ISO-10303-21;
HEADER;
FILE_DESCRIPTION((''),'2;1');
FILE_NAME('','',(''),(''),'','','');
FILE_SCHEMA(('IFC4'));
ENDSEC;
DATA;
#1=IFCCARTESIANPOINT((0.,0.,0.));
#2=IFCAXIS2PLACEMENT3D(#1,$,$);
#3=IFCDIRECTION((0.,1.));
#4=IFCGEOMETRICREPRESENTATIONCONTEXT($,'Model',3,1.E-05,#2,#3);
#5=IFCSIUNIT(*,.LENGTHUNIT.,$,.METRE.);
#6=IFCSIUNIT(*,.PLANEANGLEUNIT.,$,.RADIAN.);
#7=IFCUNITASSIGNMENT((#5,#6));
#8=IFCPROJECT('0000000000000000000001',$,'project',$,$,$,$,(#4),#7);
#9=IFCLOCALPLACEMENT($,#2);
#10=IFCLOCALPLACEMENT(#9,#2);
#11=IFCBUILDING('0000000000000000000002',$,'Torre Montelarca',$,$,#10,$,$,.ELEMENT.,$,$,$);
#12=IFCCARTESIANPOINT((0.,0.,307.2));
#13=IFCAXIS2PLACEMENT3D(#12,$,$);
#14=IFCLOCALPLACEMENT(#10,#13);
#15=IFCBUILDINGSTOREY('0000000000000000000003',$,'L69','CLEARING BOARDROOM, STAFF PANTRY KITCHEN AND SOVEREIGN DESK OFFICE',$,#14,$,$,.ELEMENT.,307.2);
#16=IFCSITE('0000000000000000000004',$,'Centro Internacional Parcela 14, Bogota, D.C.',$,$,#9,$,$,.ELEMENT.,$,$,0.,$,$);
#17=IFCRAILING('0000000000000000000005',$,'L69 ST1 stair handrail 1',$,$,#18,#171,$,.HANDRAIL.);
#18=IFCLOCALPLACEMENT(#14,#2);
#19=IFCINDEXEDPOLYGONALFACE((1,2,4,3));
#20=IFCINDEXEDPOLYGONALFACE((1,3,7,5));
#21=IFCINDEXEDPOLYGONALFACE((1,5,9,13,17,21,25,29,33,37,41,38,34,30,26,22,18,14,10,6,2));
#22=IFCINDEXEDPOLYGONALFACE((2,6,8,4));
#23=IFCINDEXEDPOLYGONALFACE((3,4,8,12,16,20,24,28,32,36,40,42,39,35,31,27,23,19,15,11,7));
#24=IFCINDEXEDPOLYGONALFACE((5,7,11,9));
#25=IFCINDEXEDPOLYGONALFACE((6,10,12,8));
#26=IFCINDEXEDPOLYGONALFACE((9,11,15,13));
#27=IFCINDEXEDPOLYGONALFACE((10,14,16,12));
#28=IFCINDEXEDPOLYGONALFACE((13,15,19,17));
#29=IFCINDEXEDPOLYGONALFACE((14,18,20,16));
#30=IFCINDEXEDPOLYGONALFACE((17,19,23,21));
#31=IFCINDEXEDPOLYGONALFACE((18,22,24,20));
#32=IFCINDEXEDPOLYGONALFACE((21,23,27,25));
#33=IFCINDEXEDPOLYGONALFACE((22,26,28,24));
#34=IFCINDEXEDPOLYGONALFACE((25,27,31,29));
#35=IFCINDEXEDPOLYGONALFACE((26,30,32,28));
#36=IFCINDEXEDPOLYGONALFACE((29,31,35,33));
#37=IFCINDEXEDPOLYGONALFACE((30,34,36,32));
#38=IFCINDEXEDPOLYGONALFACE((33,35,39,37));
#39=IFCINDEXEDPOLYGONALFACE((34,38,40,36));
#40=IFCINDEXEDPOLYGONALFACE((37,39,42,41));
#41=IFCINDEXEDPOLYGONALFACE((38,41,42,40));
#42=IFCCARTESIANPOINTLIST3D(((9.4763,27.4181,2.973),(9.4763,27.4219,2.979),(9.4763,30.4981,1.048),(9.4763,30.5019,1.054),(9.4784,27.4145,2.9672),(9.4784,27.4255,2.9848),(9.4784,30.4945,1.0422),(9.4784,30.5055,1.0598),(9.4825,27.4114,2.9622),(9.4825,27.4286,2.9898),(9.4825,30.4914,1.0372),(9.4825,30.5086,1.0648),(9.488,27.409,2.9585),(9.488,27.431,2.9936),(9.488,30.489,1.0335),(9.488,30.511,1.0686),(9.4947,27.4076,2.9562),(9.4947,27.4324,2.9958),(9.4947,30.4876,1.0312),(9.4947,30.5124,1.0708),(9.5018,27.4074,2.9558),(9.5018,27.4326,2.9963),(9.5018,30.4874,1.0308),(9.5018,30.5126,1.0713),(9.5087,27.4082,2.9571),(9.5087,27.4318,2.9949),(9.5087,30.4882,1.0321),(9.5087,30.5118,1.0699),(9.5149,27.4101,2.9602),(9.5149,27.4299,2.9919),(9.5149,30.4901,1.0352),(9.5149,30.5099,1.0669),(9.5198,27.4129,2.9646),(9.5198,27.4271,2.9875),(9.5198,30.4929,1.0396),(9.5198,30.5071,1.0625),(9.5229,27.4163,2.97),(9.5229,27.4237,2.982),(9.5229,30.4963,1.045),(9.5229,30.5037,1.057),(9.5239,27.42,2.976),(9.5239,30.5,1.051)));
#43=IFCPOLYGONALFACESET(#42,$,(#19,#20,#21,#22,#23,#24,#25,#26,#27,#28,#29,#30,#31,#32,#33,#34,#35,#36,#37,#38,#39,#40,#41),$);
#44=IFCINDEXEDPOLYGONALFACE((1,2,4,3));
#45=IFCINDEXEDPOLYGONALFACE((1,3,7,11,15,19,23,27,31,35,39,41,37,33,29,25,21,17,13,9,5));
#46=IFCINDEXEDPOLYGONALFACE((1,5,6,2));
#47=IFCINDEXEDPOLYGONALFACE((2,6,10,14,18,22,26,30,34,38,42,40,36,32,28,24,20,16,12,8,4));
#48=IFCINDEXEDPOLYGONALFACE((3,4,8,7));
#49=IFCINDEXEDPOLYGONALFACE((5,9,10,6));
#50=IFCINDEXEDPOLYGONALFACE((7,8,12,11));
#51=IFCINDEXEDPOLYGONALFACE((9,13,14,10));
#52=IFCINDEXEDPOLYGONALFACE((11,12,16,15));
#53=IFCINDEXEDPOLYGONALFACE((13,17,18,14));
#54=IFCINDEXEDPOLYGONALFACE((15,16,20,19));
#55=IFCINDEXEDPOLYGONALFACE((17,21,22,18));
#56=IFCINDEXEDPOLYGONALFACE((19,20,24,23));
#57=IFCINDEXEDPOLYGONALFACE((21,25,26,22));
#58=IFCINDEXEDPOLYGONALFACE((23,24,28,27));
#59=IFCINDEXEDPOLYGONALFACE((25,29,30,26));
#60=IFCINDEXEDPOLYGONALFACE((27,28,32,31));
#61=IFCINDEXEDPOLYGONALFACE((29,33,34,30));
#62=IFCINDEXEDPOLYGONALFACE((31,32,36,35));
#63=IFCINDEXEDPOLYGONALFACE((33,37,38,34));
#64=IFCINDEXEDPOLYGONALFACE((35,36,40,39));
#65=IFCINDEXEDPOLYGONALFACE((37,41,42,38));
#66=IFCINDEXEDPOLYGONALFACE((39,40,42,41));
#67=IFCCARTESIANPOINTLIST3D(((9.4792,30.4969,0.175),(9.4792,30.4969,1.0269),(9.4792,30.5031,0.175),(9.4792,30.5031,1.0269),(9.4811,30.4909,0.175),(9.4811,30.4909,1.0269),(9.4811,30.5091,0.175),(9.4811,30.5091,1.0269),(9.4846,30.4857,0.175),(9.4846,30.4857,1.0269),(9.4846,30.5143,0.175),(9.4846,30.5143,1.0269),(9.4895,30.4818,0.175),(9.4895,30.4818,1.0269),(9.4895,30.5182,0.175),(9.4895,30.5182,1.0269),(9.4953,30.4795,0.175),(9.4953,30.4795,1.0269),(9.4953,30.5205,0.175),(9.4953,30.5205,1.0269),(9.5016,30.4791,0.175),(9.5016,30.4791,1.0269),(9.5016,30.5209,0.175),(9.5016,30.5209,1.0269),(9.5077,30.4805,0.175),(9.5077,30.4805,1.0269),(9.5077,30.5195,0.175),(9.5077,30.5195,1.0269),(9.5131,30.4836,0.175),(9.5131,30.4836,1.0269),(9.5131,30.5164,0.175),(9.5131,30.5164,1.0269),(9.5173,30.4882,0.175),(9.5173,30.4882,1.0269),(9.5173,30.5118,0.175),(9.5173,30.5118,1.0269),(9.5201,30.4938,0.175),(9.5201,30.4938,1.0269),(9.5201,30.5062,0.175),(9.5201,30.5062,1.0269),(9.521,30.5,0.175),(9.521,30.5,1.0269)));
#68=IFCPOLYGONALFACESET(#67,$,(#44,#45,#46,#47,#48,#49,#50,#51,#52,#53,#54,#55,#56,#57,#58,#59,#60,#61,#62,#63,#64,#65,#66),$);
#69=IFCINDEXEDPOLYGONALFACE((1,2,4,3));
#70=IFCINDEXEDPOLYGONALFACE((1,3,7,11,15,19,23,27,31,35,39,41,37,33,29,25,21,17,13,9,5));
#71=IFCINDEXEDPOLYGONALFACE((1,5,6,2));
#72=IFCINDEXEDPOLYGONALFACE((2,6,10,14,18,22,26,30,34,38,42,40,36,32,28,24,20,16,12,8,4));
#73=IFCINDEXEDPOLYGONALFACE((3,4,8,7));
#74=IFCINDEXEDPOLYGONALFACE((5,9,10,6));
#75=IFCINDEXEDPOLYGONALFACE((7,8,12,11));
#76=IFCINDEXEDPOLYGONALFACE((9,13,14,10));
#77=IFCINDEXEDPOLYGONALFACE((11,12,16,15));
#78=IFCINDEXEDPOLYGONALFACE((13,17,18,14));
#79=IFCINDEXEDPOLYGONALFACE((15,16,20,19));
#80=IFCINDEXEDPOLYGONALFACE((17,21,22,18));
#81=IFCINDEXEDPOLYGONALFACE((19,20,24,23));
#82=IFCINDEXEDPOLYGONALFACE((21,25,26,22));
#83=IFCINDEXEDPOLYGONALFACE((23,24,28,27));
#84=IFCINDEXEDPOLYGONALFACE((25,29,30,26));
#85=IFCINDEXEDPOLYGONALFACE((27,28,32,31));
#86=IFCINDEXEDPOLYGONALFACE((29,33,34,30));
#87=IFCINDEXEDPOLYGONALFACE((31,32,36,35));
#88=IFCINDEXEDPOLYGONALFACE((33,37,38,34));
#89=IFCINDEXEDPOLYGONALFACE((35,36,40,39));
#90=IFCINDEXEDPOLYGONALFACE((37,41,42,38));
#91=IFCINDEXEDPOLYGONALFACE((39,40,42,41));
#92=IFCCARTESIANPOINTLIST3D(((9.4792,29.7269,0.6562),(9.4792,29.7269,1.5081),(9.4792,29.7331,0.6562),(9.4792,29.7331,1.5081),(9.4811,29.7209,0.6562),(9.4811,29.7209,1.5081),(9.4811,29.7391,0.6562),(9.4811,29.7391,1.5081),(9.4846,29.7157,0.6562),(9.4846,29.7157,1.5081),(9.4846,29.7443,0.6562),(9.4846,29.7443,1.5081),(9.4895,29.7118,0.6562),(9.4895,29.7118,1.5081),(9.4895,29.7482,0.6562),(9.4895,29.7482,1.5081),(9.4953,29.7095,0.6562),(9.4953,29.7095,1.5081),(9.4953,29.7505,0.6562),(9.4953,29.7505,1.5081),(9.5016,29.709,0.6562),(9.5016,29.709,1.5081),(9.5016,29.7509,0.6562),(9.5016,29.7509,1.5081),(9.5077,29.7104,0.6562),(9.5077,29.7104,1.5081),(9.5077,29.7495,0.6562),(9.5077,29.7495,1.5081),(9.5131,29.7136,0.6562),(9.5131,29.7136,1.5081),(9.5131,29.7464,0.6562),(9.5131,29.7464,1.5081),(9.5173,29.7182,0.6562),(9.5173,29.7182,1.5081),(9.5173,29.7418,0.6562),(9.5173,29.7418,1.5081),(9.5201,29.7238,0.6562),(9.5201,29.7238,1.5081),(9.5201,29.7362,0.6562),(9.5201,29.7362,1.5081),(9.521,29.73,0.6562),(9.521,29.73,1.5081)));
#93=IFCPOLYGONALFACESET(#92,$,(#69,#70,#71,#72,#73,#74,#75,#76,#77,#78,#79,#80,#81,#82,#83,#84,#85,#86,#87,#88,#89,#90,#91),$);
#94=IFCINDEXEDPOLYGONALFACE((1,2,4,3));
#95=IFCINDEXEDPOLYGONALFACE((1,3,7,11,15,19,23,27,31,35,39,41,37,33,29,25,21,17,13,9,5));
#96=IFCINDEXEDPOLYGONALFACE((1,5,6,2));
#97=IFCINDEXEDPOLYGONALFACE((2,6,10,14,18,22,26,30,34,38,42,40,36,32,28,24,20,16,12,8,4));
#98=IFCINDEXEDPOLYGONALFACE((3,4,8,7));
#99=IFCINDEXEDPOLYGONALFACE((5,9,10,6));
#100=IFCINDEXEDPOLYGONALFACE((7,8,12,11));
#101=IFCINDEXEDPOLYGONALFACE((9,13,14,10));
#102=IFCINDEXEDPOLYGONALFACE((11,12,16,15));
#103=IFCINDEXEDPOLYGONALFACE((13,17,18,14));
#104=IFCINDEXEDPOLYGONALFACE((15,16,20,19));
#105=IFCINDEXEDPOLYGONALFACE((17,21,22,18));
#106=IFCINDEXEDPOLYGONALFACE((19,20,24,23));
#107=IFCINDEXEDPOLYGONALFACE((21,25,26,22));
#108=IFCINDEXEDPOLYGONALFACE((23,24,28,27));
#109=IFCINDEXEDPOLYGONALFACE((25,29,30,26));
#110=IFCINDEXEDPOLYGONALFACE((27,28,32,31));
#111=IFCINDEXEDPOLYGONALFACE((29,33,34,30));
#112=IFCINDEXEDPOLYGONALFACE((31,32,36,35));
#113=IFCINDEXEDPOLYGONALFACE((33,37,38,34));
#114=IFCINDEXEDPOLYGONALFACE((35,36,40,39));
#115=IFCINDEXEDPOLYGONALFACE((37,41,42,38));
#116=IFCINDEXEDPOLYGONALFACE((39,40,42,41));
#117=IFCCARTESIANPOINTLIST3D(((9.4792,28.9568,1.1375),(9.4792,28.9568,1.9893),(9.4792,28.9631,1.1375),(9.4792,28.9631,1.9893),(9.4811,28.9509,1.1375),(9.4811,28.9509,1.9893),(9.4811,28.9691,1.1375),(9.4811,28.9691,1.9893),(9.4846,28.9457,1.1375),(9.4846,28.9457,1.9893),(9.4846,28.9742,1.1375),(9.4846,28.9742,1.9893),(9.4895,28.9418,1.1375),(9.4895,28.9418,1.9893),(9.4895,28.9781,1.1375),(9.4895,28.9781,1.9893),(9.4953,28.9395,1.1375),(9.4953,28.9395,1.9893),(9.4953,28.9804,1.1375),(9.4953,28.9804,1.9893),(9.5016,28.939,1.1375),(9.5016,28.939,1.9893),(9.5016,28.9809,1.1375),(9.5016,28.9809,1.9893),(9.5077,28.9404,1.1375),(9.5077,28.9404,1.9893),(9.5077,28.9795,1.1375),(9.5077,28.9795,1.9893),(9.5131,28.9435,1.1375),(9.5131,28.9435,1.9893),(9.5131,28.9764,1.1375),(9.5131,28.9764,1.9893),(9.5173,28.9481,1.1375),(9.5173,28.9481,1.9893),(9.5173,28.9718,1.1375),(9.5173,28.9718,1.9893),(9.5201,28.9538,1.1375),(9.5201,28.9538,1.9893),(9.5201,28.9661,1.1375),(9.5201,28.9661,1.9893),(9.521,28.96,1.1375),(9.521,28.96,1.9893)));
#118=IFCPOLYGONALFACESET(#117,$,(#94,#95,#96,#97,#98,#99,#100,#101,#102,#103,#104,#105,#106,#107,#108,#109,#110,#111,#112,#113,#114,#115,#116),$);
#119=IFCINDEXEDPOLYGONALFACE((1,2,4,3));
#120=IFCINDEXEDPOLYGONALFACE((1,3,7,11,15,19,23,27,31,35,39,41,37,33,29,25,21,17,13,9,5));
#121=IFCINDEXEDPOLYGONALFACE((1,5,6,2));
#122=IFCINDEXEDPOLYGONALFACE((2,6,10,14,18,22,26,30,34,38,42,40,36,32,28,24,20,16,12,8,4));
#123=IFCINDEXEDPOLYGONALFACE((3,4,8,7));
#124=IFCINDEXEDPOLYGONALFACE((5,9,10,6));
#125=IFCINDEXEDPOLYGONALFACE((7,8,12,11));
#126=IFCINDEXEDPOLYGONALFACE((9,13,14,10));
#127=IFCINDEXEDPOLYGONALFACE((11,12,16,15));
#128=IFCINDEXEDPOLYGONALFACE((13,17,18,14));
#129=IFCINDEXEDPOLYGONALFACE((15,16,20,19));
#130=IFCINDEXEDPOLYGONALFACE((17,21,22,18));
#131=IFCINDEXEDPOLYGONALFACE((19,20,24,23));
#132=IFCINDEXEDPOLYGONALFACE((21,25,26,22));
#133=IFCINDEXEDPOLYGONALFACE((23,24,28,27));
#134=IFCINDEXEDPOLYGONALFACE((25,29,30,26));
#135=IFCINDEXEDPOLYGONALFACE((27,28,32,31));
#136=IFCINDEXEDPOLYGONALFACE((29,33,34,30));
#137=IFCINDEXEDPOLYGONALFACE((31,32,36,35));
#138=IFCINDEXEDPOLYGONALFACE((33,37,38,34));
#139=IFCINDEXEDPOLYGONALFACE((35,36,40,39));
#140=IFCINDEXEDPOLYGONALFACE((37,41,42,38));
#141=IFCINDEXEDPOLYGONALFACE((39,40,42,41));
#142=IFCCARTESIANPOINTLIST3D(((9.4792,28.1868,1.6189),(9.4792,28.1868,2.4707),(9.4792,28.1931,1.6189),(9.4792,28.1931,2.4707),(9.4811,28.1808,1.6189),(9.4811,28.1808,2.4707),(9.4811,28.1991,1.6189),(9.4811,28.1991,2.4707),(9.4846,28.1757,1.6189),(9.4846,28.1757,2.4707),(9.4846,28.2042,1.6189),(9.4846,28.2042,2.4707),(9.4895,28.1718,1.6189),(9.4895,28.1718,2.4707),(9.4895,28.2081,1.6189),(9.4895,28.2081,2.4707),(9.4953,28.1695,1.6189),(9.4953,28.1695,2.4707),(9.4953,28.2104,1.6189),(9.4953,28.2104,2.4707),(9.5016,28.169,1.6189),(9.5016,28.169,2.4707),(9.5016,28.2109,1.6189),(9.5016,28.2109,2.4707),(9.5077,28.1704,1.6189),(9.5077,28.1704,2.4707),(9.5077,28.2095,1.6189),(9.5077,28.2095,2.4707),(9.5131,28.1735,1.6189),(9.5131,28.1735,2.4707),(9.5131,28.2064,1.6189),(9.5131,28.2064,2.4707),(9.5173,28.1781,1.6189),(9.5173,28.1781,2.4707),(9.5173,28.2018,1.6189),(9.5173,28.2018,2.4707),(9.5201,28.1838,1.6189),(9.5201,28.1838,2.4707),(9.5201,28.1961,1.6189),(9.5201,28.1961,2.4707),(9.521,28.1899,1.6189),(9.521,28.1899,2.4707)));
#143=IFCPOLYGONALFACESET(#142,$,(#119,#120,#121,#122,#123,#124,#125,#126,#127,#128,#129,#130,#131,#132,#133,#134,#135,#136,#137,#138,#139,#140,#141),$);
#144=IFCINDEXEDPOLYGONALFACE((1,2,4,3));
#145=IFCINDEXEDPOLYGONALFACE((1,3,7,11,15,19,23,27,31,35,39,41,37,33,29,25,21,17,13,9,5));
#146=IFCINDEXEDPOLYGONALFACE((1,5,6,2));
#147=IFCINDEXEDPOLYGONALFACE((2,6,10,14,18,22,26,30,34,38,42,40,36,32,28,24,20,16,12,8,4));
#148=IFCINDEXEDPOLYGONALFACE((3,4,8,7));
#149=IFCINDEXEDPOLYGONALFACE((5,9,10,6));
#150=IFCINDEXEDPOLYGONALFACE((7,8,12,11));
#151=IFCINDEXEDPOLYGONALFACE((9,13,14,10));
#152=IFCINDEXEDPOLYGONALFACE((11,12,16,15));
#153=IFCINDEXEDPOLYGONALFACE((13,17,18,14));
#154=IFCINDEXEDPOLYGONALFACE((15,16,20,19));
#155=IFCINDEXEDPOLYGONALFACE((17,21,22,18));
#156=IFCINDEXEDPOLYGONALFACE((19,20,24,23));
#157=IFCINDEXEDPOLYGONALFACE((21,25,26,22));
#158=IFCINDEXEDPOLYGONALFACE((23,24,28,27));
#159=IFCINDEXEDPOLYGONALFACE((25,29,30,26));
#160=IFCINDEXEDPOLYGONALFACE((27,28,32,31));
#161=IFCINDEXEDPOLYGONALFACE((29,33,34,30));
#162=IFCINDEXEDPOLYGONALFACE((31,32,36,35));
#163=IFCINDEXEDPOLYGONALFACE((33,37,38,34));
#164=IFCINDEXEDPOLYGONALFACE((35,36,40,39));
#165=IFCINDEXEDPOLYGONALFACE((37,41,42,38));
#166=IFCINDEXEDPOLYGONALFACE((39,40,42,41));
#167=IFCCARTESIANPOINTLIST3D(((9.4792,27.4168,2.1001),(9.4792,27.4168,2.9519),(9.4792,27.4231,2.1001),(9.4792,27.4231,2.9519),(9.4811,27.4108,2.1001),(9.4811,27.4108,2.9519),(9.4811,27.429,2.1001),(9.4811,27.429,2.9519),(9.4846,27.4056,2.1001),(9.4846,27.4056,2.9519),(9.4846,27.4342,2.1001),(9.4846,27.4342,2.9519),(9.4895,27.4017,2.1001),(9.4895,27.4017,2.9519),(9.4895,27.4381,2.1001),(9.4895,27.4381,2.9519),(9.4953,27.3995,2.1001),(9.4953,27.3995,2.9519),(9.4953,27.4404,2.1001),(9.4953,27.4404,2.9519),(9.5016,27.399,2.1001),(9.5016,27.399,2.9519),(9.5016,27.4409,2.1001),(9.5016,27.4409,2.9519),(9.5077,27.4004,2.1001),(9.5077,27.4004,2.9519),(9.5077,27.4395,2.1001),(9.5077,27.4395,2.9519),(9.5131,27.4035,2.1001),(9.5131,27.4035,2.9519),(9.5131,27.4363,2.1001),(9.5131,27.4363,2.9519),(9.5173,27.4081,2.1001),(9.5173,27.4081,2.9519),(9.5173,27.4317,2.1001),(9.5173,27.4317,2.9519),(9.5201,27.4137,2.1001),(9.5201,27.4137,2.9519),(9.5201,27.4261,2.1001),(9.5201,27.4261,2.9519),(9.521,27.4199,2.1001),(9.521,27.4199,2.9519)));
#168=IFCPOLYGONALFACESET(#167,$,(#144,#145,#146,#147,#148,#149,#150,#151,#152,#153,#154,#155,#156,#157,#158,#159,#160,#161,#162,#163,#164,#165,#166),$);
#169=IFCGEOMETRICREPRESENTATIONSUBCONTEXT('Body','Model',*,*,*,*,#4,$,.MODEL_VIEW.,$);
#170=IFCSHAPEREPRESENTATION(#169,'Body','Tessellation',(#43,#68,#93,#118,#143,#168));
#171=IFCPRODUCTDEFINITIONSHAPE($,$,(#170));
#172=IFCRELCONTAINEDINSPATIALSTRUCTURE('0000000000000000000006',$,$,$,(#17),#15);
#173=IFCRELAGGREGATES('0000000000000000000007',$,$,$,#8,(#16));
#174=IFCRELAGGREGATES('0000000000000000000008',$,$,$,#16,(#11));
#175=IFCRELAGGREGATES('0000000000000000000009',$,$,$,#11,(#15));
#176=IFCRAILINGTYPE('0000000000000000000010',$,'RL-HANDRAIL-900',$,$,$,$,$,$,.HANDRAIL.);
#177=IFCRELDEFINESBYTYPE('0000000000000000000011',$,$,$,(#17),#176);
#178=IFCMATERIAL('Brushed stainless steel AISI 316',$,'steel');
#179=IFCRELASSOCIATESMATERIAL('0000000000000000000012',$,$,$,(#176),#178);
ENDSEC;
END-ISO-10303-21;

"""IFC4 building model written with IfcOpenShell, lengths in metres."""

from ifc_helpers import new_model, si_unit, direction, frame, origin, origin_2d, place, context, subcontext, project, spatial, circle, extrude, material, type_object, element, save


model = new_model("IFC4")

# Units and contexts
model_context = context("Model", 3, precision=1e-05, world=origin(), true_north=direction((0.0, 1.0)))
body_context = subcontext(model_context, "Body", "Model", "MODEL_VIEW")
ifc_project = project(units=[si_unit("LENGTHUNIT", "METRE"), si_unit("PLANEANGLEUNIT", "RADIAN")], contexts=[model_context])

# Site, building, storey
site_placement = place(None, origin())
site = spatial("IfcSite", under=ifc_project, at=site_placement, Name="Centro Internacional Parcela 14, Bogota, D.C.", CompositionType="ELEMENT", RefElevation=0.0)
building_placement = place(site_placement, origin())
building = spatial("IfcBuilding", under=site, at=building_placement, Name="Torre Montelarca", CompositionType="ELEMENT")
storey_placement = place(building_placement, frame((0.0, 0.0, 307.2)))
storey = spatial("IfcBuildingStorey", under=building, at=storey_placement, Name="L69", Description="CLEARING BOARDROOM, STAFF PANTRY KITCHEN AND SOVEREIGN DESK OFFICE", CompositionType="ELEMENT", Elevation=307.2)

# Railing
ifc_material_1 = material(Name="Brushed stainless steel AISI 316", Category="steel")
railing_type_1 = type_object("IfcRailingType", Name="RL-HANDRAIL-900", PredefinedType="HANDRAIL", material=ifc_material_1)
railing_1_placement = place(storey_placement, frame((9.5, 30.5, 0.175)))
element("IfcRailing", 1, at=railing_1_placement, inside=storey, type_object=railing_type_1, Name="L69 ST1 stair handrail 1", PredefinedType="HANDRAIL", context=body_context, shape_type="SweptSolid", body=[
    extrude(circle(Radius=0.0239, at=origin_2d()), frame((0.0, 0.0, 0.876), z_axis=(0.0, -0.847998, 0.529999), x_axis=(1.0, 0.0, 0.0)), (0.0, 0.0, 1.0), 3.6321),
    extrude(circle(Radius=0.021, at=origin_2d()), origin(), (0.0, 0.0, 1.0), 0.8518),
    extrude(circle(Radius=0.021, at=origin_2d()), frame((0.0, -0.77, 0.4812)), (0.0, 0.0, 1.0), 0.8518),
    extrude(circle(Radius=0.021, at=origin_2d()), frame((0.0, -1.54, 0.9624)), (0.0, 0.0, 1.0), 0.8518),
    extrude(circle(Radius=0.021, at=origin_2d()), frame((0.0, -2.3101, 1.4438)), (0.0, 0.0, 1.0), 0.8518),
    extrude(circle(Radius=0.021, at=origin_2d()), frame((0.0, -3.0801, 1.925)), (0.0, 0.0, 1.0), 0.8518),
])

save(model, "model.ifc")
